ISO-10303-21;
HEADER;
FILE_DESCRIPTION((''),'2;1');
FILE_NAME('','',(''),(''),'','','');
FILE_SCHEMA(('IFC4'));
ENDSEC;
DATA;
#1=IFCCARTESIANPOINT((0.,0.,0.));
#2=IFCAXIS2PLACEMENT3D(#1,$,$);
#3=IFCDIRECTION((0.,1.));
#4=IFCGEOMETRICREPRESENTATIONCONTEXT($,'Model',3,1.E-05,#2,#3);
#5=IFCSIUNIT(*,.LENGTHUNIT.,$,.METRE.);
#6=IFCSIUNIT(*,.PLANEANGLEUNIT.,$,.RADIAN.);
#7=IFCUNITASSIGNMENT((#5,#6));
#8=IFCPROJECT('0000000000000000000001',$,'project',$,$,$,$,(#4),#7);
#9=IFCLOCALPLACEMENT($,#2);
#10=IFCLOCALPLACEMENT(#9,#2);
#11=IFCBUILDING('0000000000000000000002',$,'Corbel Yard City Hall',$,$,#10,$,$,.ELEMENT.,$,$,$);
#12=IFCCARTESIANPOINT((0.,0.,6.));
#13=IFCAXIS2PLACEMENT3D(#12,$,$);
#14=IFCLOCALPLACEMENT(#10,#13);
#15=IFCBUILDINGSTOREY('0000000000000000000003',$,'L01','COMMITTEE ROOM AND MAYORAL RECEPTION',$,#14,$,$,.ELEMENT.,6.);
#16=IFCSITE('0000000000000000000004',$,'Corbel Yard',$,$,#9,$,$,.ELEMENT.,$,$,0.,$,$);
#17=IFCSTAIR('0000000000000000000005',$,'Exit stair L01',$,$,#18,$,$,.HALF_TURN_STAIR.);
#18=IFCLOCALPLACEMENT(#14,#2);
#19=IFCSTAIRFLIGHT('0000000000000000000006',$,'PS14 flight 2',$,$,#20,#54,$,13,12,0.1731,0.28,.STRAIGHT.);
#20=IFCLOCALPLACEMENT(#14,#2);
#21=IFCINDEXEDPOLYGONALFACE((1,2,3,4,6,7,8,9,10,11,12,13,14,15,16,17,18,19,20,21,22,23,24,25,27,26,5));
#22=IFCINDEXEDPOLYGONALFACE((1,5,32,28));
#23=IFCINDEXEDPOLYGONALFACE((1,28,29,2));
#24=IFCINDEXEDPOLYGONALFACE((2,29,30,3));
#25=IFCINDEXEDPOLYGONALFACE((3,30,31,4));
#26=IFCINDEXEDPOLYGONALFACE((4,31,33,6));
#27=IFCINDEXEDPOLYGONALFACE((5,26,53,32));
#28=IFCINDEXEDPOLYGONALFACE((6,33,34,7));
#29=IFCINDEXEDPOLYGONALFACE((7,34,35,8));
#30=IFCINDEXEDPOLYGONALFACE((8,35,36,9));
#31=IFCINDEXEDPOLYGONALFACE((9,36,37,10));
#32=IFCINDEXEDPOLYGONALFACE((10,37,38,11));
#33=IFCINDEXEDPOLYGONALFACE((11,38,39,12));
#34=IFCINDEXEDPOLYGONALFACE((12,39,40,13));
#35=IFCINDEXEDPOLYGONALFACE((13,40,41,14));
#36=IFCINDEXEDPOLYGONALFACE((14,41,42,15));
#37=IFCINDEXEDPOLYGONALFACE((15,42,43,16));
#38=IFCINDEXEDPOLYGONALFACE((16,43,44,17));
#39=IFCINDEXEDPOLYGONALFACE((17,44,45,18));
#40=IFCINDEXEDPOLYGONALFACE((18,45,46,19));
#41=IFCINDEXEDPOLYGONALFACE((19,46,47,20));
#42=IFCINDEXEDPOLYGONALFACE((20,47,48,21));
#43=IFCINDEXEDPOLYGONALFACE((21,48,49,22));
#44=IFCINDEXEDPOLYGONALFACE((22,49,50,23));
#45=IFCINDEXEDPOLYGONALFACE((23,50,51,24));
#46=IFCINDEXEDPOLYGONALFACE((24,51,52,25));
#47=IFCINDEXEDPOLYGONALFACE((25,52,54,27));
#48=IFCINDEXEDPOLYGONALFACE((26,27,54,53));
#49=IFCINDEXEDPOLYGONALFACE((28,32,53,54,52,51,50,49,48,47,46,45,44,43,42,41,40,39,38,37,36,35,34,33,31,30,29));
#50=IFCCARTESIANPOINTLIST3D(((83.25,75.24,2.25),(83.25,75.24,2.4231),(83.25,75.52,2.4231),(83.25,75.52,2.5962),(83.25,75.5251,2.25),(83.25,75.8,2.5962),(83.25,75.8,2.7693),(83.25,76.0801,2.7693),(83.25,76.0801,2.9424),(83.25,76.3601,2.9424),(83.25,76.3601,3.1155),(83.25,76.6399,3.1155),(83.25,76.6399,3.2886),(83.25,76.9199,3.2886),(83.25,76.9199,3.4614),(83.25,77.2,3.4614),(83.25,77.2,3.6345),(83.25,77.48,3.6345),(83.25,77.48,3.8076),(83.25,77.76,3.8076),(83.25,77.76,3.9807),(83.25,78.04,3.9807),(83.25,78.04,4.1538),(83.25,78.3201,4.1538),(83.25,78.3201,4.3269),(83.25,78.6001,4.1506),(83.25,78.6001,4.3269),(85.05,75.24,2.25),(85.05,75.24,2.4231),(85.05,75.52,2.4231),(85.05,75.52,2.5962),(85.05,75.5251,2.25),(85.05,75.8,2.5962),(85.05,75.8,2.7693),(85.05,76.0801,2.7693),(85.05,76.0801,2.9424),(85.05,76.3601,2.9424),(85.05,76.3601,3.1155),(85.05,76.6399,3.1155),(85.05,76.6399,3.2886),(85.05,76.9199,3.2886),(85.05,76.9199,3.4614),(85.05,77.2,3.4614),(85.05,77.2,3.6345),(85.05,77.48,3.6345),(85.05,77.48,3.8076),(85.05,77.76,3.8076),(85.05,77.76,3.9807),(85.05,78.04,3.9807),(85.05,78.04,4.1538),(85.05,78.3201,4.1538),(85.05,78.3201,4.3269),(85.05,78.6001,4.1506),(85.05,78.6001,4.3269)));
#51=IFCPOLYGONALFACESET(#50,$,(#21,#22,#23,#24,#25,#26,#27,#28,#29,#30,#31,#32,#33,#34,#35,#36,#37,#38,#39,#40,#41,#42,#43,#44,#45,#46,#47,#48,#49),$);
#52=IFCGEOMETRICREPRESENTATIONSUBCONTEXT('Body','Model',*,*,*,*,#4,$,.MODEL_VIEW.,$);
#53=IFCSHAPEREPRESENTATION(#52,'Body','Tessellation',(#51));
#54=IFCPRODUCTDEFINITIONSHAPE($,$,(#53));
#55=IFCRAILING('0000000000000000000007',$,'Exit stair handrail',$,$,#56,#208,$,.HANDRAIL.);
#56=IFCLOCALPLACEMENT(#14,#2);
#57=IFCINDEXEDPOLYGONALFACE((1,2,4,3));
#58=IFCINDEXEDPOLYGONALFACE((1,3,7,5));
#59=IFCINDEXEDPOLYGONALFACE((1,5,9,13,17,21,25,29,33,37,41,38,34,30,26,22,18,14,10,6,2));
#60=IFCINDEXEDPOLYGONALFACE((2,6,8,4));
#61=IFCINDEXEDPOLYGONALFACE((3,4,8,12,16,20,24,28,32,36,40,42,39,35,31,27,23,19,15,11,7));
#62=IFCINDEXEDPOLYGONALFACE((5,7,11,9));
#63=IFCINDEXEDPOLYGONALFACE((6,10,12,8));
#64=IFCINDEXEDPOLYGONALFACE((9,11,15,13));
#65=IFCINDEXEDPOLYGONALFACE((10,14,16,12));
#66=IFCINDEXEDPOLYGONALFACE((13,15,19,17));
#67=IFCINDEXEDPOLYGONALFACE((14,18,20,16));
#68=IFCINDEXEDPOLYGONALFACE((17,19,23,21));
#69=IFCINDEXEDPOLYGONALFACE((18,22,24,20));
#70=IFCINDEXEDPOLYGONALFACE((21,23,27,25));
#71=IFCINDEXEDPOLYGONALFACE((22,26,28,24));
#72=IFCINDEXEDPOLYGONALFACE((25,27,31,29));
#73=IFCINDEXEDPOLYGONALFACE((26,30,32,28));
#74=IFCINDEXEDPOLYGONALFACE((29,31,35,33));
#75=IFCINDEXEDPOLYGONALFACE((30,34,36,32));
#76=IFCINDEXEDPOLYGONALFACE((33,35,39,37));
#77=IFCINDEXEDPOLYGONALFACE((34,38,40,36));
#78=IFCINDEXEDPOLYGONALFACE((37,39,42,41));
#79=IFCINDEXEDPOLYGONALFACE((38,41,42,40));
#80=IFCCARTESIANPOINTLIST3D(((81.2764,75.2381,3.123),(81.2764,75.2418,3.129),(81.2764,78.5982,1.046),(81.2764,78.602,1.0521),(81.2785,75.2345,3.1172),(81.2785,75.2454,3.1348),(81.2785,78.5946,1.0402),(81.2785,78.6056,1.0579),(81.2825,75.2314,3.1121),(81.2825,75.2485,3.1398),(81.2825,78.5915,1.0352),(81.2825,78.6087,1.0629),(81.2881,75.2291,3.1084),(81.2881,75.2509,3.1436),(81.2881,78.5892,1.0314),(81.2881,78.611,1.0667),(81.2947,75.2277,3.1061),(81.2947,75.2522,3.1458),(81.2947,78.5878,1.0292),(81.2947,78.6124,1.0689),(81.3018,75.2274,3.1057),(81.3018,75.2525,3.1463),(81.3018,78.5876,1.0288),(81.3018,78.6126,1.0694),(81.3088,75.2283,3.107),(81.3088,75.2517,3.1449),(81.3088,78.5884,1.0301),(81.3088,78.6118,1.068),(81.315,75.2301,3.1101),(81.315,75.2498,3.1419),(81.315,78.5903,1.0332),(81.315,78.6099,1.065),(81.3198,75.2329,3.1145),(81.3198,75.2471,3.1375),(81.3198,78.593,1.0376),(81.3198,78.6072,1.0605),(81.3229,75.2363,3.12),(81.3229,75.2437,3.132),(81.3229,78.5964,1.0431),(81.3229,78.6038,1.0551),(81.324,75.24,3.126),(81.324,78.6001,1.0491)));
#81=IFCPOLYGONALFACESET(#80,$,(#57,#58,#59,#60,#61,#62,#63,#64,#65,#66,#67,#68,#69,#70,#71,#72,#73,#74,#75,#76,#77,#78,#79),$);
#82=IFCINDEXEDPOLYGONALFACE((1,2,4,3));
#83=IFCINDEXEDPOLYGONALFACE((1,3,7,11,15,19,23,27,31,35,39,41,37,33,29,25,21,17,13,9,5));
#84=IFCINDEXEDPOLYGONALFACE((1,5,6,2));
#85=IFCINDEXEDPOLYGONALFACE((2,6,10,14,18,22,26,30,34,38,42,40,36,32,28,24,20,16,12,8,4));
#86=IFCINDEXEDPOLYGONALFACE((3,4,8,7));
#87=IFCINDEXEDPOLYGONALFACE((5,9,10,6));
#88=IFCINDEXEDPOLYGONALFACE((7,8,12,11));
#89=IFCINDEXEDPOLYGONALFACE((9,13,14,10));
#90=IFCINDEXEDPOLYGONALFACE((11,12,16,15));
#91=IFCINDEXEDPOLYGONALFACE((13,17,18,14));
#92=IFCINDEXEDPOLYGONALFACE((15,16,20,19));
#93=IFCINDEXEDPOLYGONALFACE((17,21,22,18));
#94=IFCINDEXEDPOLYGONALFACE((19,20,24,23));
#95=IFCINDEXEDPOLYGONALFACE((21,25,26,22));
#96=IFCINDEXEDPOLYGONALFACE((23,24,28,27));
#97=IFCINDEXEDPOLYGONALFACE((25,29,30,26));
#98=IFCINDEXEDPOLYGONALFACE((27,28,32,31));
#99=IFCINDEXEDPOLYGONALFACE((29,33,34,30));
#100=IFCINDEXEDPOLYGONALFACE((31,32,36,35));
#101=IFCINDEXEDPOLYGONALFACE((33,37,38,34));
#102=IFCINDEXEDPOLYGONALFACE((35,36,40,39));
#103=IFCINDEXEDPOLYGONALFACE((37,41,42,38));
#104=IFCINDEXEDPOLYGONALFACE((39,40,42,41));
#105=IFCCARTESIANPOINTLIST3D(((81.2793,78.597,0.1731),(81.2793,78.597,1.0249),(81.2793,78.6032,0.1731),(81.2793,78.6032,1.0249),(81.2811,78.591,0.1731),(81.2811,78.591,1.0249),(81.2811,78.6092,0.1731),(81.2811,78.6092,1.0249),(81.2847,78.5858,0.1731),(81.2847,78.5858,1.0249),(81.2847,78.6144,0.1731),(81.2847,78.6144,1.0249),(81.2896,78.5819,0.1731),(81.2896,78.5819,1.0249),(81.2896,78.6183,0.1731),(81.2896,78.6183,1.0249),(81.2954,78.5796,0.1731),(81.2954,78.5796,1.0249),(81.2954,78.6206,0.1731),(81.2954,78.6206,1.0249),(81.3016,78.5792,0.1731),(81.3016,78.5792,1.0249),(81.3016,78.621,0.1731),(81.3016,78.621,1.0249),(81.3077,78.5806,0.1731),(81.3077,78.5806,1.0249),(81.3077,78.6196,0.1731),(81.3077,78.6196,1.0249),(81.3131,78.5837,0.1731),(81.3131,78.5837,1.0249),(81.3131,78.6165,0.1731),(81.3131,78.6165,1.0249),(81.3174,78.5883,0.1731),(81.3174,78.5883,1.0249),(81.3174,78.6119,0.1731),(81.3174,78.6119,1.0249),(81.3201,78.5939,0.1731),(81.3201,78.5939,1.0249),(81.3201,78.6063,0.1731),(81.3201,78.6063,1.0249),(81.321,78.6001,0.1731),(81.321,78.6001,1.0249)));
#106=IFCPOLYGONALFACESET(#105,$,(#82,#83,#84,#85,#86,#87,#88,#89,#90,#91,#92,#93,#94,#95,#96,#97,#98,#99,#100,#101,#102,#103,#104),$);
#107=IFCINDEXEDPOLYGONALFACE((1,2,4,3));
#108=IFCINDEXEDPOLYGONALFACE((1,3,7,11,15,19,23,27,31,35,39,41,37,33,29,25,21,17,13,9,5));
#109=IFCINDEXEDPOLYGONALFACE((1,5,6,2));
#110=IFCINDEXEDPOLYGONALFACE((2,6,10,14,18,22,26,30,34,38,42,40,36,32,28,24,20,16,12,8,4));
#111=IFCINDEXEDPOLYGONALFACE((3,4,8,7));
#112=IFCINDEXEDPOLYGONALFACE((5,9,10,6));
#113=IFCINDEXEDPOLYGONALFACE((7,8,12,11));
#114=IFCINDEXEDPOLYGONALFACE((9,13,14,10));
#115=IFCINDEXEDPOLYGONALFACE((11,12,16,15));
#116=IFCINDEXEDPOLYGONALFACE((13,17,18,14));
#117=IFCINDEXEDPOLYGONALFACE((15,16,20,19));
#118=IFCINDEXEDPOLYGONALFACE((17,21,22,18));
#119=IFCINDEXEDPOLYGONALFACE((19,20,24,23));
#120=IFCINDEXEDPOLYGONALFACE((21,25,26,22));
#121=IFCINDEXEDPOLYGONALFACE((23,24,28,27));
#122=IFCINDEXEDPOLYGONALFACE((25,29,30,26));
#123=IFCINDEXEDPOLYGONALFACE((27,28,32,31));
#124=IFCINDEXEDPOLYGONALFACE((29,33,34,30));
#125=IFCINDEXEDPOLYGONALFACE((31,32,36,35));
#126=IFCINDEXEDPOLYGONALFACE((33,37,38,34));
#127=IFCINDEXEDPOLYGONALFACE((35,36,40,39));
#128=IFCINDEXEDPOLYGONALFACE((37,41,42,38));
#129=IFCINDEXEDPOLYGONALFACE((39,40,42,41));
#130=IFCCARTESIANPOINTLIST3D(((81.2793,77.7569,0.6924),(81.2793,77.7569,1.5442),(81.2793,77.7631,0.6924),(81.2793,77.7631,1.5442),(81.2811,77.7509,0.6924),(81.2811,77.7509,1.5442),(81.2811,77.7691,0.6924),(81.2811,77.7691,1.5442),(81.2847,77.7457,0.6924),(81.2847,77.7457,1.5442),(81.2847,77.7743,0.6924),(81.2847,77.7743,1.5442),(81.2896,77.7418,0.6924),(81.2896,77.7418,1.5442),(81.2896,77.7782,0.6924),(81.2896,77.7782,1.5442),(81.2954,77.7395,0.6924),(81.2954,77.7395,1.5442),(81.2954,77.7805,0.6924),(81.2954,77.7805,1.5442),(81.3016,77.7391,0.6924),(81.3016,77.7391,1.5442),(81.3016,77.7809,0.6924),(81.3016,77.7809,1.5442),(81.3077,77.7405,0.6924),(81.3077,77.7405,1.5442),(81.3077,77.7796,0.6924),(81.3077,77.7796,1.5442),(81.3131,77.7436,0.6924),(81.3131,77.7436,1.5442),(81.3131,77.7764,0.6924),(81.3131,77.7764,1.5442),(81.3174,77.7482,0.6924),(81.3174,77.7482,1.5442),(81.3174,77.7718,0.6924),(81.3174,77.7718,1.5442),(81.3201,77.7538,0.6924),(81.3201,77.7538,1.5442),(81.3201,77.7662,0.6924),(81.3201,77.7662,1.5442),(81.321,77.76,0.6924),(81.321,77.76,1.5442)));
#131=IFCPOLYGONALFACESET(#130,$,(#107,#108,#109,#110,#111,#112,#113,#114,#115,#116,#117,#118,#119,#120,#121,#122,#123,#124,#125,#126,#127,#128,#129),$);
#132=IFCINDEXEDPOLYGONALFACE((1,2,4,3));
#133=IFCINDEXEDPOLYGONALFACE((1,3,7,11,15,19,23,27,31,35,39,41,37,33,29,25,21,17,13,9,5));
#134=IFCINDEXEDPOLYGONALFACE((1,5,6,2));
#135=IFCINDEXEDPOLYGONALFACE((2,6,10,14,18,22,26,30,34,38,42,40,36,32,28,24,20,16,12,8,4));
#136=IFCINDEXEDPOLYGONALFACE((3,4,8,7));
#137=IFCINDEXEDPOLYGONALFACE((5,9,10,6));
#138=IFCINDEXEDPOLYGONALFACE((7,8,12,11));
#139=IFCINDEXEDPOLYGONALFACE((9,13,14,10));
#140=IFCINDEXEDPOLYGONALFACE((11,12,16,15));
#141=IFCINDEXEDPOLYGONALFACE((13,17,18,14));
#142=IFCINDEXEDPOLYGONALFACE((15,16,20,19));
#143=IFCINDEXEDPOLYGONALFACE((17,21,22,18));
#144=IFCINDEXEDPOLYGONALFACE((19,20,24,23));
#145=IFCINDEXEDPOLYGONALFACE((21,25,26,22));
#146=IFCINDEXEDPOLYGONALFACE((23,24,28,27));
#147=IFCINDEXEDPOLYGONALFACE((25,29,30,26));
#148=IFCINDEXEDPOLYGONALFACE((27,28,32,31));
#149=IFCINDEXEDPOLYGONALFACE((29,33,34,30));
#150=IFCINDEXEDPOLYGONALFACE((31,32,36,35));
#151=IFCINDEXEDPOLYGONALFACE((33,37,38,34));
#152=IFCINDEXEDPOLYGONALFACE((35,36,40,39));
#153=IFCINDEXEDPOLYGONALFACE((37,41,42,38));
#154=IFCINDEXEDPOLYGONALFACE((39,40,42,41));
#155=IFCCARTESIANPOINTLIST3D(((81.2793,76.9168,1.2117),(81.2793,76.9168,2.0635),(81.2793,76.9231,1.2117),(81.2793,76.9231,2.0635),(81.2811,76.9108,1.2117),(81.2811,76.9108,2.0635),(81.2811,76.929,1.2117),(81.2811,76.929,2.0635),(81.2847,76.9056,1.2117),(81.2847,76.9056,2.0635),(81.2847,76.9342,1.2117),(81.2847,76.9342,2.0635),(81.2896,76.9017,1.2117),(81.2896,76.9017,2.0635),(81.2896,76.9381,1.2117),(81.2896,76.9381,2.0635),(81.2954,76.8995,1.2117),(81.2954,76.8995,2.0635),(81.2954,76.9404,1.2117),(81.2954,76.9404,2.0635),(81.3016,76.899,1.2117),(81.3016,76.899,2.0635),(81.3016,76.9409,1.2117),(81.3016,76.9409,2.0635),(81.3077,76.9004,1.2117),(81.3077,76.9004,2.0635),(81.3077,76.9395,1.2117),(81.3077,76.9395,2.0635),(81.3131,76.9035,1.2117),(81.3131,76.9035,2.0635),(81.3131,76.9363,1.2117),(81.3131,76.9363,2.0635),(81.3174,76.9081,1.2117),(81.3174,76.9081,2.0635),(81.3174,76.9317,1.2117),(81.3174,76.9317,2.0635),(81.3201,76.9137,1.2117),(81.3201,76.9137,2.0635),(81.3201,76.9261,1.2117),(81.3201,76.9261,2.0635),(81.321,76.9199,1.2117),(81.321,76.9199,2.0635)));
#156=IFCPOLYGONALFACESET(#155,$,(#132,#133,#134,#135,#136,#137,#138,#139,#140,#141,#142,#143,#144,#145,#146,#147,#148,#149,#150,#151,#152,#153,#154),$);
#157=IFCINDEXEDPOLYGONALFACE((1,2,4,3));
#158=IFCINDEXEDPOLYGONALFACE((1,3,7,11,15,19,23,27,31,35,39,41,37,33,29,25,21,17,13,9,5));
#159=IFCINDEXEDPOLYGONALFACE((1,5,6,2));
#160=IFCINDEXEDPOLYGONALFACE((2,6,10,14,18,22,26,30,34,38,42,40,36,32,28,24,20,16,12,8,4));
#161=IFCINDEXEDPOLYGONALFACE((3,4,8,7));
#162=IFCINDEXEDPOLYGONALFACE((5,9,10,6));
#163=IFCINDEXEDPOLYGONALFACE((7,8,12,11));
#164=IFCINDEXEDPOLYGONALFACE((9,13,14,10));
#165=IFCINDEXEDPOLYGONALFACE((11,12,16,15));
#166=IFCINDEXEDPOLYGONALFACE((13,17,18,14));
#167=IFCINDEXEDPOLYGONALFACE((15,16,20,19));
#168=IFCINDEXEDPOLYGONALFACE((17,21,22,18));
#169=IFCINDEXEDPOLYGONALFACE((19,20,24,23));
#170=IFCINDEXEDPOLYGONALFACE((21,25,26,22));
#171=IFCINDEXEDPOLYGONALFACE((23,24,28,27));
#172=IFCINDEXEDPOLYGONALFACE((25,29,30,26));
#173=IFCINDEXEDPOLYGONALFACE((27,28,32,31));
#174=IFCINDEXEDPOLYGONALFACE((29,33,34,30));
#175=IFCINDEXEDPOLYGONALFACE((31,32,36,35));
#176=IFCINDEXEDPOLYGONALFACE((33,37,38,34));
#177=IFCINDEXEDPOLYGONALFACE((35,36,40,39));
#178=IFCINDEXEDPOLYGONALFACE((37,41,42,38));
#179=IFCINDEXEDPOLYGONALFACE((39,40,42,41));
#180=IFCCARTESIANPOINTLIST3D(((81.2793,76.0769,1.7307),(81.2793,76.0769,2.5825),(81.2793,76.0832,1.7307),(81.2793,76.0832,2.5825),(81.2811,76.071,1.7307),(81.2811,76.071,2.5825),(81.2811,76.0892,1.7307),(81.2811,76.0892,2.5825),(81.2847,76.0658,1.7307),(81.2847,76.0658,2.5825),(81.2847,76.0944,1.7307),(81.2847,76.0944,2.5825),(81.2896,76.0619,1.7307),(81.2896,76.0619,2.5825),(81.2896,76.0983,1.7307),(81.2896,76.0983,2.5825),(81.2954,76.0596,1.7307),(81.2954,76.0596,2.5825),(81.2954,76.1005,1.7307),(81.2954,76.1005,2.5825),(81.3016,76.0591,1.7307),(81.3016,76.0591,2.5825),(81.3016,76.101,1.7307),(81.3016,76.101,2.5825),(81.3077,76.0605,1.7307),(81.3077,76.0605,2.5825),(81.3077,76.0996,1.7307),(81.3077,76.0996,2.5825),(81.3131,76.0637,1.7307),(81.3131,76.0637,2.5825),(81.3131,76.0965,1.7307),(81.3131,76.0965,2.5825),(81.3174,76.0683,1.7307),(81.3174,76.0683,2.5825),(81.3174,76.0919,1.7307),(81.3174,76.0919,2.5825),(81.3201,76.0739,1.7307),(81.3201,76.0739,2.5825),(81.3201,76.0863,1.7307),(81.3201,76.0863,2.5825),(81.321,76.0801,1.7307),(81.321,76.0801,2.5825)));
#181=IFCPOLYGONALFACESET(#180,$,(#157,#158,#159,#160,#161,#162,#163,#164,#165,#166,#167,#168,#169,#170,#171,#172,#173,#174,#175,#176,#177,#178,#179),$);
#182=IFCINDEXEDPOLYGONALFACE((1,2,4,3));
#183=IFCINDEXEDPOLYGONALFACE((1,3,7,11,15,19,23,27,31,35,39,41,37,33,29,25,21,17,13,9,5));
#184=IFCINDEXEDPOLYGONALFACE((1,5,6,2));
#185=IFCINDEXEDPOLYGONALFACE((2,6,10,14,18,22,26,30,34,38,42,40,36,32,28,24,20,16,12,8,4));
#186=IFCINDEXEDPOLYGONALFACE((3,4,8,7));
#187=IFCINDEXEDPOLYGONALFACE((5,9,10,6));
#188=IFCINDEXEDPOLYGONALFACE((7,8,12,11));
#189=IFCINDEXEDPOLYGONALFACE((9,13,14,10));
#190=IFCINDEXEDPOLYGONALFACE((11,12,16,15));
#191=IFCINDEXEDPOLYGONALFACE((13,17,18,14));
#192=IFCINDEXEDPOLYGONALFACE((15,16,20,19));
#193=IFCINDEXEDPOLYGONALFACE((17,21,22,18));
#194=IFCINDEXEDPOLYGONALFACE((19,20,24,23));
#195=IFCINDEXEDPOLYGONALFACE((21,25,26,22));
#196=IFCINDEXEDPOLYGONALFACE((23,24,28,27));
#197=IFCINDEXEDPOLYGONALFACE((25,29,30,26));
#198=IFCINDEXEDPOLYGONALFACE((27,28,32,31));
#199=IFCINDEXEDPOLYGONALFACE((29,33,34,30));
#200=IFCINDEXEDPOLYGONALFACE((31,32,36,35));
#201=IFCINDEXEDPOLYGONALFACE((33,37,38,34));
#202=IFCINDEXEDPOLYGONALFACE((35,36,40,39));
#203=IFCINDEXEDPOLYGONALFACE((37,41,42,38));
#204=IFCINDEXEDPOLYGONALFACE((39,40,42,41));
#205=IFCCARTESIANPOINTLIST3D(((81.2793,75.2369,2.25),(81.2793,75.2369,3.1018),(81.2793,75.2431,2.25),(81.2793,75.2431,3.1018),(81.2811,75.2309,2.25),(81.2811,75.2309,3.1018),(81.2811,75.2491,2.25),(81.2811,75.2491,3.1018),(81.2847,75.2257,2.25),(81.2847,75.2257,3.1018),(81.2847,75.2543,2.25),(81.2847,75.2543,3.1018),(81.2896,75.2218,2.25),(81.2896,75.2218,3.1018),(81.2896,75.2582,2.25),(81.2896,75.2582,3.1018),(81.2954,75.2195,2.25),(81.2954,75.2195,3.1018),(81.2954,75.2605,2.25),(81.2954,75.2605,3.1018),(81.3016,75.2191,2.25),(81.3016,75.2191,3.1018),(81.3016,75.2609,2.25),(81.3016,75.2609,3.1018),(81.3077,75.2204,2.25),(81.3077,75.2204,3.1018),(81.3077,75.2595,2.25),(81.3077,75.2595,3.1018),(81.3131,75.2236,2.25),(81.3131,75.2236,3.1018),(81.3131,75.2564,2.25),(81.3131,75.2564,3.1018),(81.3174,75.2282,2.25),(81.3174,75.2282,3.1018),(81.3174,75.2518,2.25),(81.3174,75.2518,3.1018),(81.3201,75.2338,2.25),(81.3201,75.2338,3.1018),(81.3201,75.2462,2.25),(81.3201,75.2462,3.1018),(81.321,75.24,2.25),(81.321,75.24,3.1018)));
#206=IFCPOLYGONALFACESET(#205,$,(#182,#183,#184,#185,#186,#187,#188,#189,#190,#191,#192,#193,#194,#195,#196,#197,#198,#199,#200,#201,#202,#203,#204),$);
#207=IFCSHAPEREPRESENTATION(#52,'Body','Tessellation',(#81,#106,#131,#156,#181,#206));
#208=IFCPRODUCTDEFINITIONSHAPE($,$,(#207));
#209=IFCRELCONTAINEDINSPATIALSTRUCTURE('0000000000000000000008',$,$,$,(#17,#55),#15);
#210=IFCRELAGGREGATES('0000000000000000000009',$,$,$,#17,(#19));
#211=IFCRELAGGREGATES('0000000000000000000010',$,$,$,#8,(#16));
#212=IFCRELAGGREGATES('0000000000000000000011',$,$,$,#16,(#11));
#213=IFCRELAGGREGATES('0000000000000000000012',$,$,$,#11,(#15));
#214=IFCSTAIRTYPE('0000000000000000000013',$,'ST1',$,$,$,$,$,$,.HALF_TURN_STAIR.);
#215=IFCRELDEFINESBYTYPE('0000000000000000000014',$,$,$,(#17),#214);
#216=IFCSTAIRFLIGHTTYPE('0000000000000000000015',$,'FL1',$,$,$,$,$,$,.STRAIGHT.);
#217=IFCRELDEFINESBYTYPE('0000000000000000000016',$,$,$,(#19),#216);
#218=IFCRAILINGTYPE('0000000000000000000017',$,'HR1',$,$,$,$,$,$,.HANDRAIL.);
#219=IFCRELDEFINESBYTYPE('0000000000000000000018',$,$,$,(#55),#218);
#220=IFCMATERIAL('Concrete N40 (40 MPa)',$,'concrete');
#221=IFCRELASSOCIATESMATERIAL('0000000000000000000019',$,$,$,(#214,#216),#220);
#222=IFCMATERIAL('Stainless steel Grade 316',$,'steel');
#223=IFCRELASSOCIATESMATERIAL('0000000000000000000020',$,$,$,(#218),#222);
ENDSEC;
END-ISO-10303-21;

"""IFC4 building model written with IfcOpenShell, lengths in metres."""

from ifc_helpers import new_model, si_unit, direction, frame, origin, origin_2d, place, context, subcontext, project, spatial, polyline, circle, outline, extrude, material, type_object, element, aggregate, save


model = new_model("IFC4")

# Units and contexts
model_context = context("Model", 3, precision=1e-05, world=origin(), true_north=direction((0.0, 1.0)))
body_context = subcontext(model_context, "Body", "Model", "MODEL_VIEW")
ifc_project = project(units=[si_unit("LENGTHUNIT", "METRE"), si_unit("PLANEANGLEUNIT", "RADIAN")], contexts=[model_context])

# Site, building, storey
site_placement = place(None, origin())
site = spatial("IfcSite", under=ifc_project, at=site_placement, Name="Corbel Yard", CompositionType="ELEMENT", RefElevation=0.0)
building_placement = place(site_placement, origin())
building = spatial("IfcBuilding", under=site, at=building_placement, Name="Corbel Yard City Hall", CompositionType="ELEMENT")
storey_placement = place(building_placement, frame((0.0, 0.0, 6.0)))
storey = spatial("IfcBuildingStorey", under=building, at=storey_placement, Name="L01", Description="COMMITTEE ROOM AND MAYORAL RECEPTION", CompositionType="ELEMENT", Elevation=6.0)

# Shared definitions
ifc_material_1 = material(Name="Concrete N40 (40 MPa)", Category="concrete")

# Shared definitions
ifc_material_2 = material(Name="Stainless steel Grade 316", Category="steel")

# Stair, stair flight
stair_type = type_object("IfcStairType", Name="ST1", PredefinedType="HALF_TURN_STAIR", material=ifc_material_1)
stair_placement = place(storey_placement, origin())
stair = element("IfcStair", 1, at=stair_placement, inside=storey, type_object=stair_type, Name="Exit stair L01", PredefinedType="HALF_TURN_STAIR")
stair_flight_type = type_object("IfcStairFlightType", Name="FL1", PredefinedType="STRAIGHT", material=ifc_material_1)
stair_flight_1_placement = place(storey_placement, frame((84.1499, 75.24, 2.25), z_axis=(0.0, 0.0, 1.0), x_axis=(0.0, 1.0, 0.0)))
stair_flight_1 = element("IfcStairFlight", 2, at=stair_flight_1_placement, type_object=stair_flight_type, Name="PS14 flight 2", NumberOfRisers=13, NumberOfTreads=12, PredefinedType="STRAIGHT", RiserHeight=0.1731, TreadLength=0.28, context=body_context, shape_type="SweptSolid", body=[
    extrude(outline(polyline([(0.0, 0.0), (0.0, 0.1731), (0.28, 0.1731), (0.28, 0.3462), (0.5601, 0.3462), (0.5601, 0.5193), (0.8401, 0.5193), (0.8401, 0.6924), (1.1201, 0.6924), (1.1201, 0.8655), (1.3999, 0.8655), (1.3999, 1.0386), (1.6799, 1.0386), (1.6799, 1.2114), (1.96, 1.2114), (1.96, 1.3845), (2.24, 1.3845), (2.24, 1.5576), (2.52, 1.5576), (2.52, 1.7307), (2.8, 1.7307), (2.8, 1.9038), (3.0801, 1.9038), (3.0801, 2.0769), (3.3601, 2.0769), (3.3601, 2.25), (3.3601, 1.9006), (0.2852, 0.0), (0.0, 0.0)])), frame((0.0, 0.8999, 0.0), z_axis=(0.0, -1.0, 0.0), x_axis=(1.0, 0.0, 0.0)), (0.0, 0.0, 1.0), 1.8),
])
aggregate(stair, [stair_flight_1])

# Railing
railing_type = type_object("IfcRailingType", Name="HR1", PredefinedType="HANDRAIL", material=ifc_material_2)
railing_placement = place(storey_placement, frame((81.3, 78.6001, 0.1731)))
element("IfcRailing", 3, at=railing_placement, inside=storey, type_object=railing_type, Name="Exit stair handrail", PredefinedType="HANDRAIL", context=body_context, shape_type="SweptSolid", body=[
    extrude(circle(Radius=0.0239, at=origin_2d()), frame((0.0, 0.0, 0.876), z_axis=(0.0, -0.850623, 0.525776), x_axis=(1.0, 0.0, 0.0)), (0.0, 0.0, 1.0), 3.9502),
    extrude(circle(Radius=0.021, at=origin_2d()), origin(), (0.0, 0.0, 1.0), 0.8518),
    extrude(circle(Radius=0.021, at=origin_2d()), frame((0.0, -0.8401, 0.5193)), (0.0, 0.0, 1.0), 0.8518),
    extrude(circle(Radius=0.021, at=origin_2d()), frame((0.0, -1.6802, 1.0386)), (0.0, 0.0, 1.0), 0.8518),
    extrude(circle(Radius=0.021, at=origin_2d()), frame((0.0, -2.52, 1.5576)), (0.0, 0.0, 1.0), 0.8518),
    extrude(circle(Radius=0.021, at=origin_2d()), frame((0.0, -3.3601, 2.0769)), (0.0, 0.0, 1.0), 0.8518),
])

save(model, "model.ifc")
